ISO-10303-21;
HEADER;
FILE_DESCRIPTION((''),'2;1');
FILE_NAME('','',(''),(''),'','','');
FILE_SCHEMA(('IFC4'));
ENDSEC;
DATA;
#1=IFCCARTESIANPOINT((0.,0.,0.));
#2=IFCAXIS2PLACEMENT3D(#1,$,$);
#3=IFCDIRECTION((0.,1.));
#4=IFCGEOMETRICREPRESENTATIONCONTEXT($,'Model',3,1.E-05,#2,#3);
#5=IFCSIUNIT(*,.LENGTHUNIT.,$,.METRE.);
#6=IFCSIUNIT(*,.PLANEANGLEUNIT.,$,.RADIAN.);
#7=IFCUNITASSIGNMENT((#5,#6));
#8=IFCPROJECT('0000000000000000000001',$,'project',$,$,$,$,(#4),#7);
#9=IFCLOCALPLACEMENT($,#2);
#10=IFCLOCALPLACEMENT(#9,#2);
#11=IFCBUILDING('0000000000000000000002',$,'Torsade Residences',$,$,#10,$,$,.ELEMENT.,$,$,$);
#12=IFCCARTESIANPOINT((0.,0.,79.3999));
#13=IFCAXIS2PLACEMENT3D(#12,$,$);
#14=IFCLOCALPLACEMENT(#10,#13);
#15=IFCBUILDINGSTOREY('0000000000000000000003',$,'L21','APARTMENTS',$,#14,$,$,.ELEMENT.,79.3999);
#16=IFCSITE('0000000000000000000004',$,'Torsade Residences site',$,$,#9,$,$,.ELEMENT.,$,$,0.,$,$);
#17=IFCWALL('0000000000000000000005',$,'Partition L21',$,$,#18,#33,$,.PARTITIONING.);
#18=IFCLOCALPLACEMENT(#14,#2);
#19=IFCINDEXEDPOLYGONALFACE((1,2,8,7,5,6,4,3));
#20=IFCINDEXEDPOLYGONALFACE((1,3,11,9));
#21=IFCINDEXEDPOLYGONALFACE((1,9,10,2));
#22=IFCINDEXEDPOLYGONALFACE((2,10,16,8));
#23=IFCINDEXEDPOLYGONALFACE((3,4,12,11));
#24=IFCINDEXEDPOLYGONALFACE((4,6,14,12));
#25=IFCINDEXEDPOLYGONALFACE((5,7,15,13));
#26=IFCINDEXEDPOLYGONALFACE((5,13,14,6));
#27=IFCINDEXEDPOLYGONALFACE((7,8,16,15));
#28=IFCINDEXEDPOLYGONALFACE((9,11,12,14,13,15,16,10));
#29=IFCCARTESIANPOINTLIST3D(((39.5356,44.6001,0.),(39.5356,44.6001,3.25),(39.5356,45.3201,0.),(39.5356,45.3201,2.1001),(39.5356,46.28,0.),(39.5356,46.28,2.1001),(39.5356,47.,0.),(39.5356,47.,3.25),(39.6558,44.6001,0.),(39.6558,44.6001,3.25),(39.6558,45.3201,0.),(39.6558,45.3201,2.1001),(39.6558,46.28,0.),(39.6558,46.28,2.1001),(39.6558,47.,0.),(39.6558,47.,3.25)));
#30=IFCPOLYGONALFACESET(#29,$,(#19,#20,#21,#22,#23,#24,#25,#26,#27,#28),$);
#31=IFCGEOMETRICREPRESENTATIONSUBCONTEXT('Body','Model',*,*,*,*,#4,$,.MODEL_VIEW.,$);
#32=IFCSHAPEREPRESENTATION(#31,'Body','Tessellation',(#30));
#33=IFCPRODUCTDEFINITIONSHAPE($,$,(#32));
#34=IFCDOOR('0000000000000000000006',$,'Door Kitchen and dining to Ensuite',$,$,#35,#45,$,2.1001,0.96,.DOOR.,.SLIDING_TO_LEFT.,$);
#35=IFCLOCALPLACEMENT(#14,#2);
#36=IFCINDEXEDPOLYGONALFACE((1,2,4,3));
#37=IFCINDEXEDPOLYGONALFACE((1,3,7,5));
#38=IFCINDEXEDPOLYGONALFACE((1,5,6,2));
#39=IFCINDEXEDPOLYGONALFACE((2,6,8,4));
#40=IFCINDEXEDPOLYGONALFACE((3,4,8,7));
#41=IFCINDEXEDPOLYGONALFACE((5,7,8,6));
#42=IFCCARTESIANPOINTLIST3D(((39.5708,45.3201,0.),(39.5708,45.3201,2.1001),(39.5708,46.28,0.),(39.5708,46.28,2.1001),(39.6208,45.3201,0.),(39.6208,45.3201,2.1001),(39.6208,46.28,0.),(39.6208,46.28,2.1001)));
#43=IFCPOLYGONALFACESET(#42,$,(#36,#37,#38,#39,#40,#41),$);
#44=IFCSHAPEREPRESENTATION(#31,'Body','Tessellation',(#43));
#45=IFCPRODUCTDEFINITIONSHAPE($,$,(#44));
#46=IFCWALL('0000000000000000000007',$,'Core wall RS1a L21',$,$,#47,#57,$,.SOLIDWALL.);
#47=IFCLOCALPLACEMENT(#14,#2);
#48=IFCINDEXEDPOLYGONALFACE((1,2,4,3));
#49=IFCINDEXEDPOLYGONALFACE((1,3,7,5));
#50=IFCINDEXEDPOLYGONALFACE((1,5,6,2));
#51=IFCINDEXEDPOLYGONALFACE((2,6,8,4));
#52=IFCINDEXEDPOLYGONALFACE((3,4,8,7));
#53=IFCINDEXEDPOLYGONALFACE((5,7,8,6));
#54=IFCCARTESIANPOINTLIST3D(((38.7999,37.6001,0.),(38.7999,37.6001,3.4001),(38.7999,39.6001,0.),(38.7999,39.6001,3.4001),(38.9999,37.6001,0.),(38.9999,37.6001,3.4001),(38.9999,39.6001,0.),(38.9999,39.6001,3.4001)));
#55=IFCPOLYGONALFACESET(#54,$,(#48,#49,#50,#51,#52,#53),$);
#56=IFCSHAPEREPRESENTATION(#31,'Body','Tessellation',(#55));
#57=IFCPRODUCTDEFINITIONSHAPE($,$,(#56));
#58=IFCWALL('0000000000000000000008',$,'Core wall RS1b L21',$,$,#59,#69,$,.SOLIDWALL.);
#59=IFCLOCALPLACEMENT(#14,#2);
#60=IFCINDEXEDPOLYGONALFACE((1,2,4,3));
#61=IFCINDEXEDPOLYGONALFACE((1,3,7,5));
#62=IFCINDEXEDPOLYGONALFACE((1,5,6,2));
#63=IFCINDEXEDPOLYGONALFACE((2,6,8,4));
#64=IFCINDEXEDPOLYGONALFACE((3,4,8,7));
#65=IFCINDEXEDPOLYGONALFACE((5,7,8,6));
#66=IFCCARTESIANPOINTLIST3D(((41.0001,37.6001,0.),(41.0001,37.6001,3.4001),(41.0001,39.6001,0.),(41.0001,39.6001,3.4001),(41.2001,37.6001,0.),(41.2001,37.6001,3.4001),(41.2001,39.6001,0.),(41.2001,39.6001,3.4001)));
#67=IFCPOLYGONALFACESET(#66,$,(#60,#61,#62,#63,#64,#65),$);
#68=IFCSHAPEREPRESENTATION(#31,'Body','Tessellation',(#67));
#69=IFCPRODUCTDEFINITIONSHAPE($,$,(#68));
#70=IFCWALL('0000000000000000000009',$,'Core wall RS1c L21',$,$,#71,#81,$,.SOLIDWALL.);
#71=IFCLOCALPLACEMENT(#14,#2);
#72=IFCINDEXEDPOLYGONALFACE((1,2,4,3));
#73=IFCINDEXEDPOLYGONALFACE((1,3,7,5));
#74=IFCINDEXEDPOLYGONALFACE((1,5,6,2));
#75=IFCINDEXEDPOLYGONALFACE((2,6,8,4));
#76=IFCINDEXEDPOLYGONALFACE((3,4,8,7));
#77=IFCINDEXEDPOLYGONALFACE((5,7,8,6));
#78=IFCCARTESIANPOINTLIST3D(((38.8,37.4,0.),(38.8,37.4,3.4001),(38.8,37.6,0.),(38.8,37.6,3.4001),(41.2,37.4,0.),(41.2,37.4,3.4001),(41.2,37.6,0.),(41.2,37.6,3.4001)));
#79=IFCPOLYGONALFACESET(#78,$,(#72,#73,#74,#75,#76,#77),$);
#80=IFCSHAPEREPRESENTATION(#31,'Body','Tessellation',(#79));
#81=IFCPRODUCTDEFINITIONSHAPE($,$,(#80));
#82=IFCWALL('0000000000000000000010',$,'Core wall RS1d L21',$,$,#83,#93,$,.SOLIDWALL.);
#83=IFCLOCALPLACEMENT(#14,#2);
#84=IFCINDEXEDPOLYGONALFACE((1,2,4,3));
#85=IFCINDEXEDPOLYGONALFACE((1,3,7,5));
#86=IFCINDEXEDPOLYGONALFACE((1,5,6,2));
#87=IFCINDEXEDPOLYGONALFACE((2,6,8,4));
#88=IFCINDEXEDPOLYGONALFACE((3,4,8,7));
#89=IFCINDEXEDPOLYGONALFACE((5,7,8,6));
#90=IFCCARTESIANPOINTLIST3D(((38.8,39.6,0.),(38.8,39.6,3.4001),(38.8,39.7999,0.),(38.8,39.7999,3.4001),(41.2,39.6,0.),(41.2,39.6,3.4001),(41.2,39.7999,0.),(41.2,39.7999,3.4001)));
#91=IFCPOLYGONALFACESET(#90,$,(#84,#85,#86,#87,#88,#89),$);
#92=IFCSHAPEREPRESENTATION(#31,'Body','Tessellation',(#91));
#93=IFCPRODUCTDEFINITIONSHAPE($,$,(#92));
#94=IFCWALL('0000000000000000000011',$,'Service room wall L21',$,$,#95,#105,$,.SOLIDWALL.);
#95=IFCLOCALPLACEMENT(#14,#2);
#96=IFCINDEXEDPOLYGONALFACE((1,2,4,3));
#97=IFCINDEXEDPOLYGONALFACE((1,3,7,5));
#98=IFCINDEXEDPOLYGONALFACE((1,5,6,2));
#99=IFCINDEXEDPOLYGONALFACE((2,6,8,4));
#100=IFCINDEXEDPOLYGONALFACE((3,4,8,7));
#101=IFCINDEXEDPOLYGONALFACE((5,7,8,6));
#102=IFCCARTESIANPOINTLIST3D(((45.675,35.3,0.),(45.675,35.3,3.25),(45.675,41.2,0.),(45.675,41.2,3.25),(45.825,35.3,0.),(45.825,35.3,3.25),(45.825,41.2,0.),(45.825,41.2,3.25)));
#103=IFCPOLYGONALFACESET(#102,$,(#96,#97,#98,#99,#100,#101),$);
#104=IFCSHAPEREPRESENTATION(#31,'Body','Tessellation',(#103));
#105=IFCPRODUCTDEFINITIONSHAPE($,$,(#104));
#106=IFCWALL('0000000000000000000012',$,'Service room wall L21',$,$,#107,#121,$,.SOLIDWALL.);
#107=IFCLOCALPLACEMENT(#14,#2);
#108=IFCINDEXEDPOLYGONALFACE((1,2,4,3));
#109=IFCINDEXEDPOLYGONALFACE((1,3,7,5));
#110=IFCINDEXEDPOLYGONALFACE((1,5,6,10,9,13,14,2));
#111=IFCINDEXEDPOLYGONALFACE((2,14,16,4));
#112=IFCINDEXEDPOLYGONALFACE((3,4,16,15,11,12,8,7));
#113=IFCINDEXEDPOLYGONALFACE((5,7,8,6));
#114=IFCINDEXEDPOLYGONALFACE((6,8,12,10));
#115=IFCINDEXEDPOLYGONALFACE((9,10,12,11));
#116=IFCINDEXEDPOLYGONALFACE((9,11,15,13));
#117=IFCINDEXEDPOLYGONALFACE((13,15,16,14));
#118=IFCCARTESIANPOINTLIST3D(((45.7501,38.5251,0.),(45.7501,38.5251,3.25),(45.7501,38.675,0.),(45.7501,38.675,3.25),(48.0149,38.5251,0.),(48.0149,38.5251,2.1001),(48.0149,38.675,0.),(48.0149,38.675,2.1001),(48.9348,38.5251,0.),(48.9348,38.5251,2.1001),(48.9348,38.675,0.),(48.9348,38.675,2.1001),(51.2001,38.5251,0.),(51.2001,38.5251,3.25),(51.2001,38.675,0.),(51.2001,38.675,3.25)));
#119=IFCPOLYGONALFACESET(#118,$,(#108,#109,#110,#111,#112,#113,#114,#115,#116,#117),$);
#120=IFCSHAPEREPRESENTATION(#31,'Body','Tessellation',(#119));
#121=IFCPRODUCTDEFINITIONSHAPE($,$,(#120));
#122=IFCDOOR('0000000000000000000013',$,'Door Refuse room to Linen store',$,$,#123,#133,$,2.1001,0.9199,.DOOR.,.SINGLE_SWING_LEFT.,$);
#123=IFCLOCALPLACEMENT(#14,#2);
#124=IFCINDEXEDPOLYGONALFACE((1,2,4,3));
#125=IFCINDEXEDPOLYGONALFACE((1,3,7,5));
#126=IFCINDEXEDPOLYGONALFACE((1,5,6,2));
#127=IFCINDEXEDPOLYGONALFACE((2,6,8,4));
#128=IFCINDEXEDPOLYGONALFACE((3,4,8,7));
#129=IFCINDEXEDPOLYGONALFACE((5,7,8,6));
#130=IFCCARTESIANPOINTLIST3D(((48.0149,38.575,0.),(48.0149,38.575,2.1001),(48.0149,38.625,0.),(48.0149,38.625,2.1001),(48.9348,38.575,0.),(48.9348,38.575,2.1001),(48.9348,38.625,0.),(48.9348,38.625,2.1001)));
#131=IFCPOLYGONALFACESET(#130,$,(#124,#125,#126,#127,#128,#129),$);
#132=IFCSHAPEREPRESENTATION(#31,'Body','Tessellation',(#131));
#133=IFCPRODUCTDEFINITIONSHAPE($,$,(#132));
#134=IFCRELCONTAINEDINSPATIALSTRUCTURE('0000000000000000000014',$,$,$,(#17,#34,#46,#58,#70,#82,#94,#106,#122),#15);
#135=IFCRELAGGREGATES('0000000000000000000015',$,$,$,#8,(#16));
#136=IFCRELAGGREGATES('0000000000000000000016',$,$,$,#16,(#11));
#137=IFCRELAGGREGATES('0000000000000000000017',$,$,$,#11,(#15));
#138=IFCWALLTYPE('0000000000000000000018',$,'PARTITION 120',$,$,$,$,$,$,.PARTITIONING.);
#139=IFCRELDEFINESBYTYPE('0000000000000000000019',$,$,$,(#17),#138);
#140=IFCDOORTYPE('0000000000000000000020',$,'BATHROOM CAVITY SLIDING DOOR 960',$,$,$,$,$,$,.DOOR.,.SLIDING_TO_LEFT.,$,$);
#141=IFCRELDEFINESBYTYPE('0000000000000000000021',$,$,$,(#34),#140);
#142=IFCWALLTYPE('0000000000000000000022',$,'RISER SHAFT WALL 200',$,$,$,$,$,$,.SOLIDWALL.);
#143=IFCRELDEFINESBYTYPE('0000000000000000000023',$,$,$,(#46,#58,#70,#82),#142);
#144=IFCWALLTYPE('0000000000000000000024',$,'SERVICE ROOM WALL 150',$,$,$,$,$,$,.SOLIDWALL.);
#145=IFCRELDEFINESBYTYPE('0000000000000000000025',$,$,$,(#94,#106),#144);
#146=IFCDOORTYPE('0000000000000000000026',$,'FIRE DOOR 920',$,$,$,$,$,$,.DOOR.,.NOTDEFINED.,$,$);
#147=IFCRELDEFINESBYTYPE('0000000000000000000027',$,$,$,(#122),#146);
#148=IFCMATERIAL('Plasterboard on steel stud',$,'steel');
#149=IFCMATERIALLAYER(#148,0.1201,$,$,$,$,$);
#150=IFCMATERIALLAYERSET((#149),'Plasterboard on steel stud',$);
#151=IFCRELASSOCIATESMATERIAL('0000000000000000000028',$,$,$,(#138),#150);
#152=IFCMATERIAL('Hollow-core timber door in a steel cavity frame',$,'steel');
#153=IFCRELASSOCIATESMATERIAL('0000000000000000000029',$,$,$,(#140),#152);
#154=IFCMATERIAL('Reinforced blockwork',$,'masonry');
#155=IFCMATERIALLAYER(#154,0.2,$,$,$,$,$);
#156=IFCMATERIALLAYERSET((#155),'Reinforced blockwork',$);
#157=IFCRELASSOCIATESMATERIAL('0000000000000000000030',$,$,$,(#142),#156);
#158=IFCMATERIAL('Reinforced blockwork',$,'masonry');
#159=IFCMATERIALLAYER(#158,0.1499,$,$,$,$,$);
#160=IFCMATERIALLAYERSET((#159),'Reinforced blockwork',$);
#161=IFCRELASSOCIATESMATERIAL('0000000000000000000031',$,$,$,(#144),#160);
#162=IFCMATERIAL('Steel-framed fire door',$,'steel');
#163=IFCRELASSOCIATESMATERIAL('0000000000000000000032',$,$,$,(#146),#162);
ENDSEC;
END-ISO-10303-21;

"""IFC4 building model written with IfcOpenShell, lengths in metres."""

from ifc_helpers import new_model, si_unit, direction, frame, frame_2d, origin, place, context, subcontext, project, spatial, rectangle, extrude, material, layer, layer_set, type_object, element, fill, save


model = new_model("IFC4")

# Units and contexts
model_context = context("Model", 3, precision=1e-05, world=origin(), true_north=direction((0.0, 1.0)))
body_context = subcontext(model_context, "Body", "Model", "MODEL_VIEW")
ifc_project = project(units=[si_unit("LENGTHUNIT", "METRE"), si_unit("PLANEANGLEUNIT", "RADIAN")], contexts=[model_context])

# Site, building, storey
site_placement = place(None, origin())
site = spatial("IfcSite", under=ifc_project, at=site_placement, Name="Torsade Residences site", CompositionType="ELEMENT", RefElevation=0.0)
building_placement = place(site_placement, origin())
building = spatial("IfcBuilding", under=site, at=building_placement, Name="Torsade Residences", CompositionType="ELEMENT")
storey_placement = place(building_placement, frame((0.0, 0.0, 79.3999)))
storey = spatial("IfcBuildingStorey", under=building, at=storey_placement, Name="L21", Description="APARTMENTS", CompositionType="ELEMENT", Elevation=79.3999)

# Wall, opening, door
ifc_material_1 = material(Name="Plasterboard on steel stud", Category="steel")
ifc_layer_1 = layer(ifc_material_1, 0.1201)
ifc_layer_set_1 = layer_set([ifc_layer_1], Name="Plasterboard on steel stud")
wall_type_1 = type_object("IfcWallType", Name="PARTITION 120", PredefinedType="PARTITIONING", material=ifc_layer_set_1)
wall_1_placement = place(storey_placement, frame((39.5957, 44.6001, 0.0), z_axis=(0.0, 0.0, 1.0), x_axis=(0.0, 1.0, 0.0)))
wall_1 = element("IfcWall", 1, at=wall_1_placement, inside=storey, type_object=wall_type_1, Name="Partition L21", PredefinedType="PARTITIONING", context=body_context, shape_type="SweptSolid", body=[
    extrude(rectangle(XDim=2.3999, YDim=0.1201, at=frame_2d((1.2, 0.0))), origin(), (0.0, 0.0, 1.0), 3.25),
])
opening_1_placement = place(wall_1_placement, frame((0.72, 0.0, 0.0)))
opening_1 = element("IfcOpeningElement", 2, at=opening_1_placement, cuts=wall_1, PredefinedType="OPENING", context=body_context, shape_type="SweptSolid", body=[
    extrude(rectangle(XDim=0.96, YDim=2.1001, at=frame_2d((0.48, 1.05))), frame((0.0, 0.0701, 0.0), z_axis=(0.0, -1.0, 0.0), x_axis=(1.0, 0.0, 0.0)), (0.0, 0.0, 1.0), 0.1401),
])
ifc_material_2 = material(Name="Hollow-core timber door in a steel cavity frame", Category="steel")
door_type_1 = type_object("IfcDoorType", Name="BATHROOM CAVITY SLIDING DOOR 960", OperationType="SLIDING_TO_LEFT", PredefinedType="DOOR", material=ifc_material_2)
door_1_placement = place(opening_1_placement, origin())
door_1 = element("IfcDoor", 3, at=door_1_placement, inside=storey, type_object=door_type_1, Name="Door Kitchen and dining to Ensuite", OperationType="SLIDING_TO_LEFT", OverallHeight=2.1001, OverallWidth=0.96, PredefinedType="DOOR", context=body_context, shape_type="SweptSolid", body=[
    extrude(rectangle(XDim=0.96, YDim=2.1001, at=frame_2d((0.48, 1.05))), frame((0.0, 0.0249, 0.0), z_axis=(0.0, -1.0, 0.0), x_axis=(1.0, 0.0, 0.0)), (0.0, 0.0, 1.0), 0.05),
])
fill(opening_1, door_1)

# Walls
ifc_material_3 = material(Name="Reinforced blockwork", Category="masonry")
ifc_layer_2 = layer(ifc_material_3, 0.2)
ifc_layer_set_2 = layer_set([ifc_layer_2], Name="Reinforced blockwork")
wall_type_2 = type_object("IfcWallType", Name="RISER SHAFT WALL 200", PredefinedType="SOLIDWALL", material=ifc_layer_set_2)
for number, where, z_axis, x_axis, name in (
    (4, (38.8999, 37.6001, 0.0), (0.0, 0.0, 1.0), (0.0, 1.0, 0.0), "Core wall RS1a L21"),
    (5, (41.1001, 37.6001, 0.0), (0.0, 0.0, 1.0), (0.0, 1.0, 0.0), "Core wall RS1b L21"),
):
    element("IfcWall", number, at=place(storey_placement, frame(where, z_axis=z_axis, x_axis=x_axis)), inside=storey, type_object=wall_type_2, Name=name, PredefinedType="SOLIDWALL", context=body_context, shape_type="SweptSolid", body=[
        extrude(rectangle(XDim=2.0, YDim=0.2, at=frame_2d((1.0, 0.0))), origin(), (0.0, 0.0, 1.0), 3.4001),
    ])
for number, where, z_axis, x_axis, name in (
    (6, (38.8, 37.5, 0.0), (0.0, 0.0, 1.0), (1.0, 0.0, 0.0), "Core wall RS1c L21"),
    (7, (38.8, 39.7, 0.0), (0.0, 0.0, 1.0), (1.0, 0.0, 0.0), "Core wall RS1d L21"),
):
    element("IfcWall", number, at=place(storey_placement, frame(where, z_axis=z_axis, x_axis=x_axis)), inside=storey, type_object=wall_type_2, Name=name, PredefinedType="SOLIDWALL", context=body_context, shape_type="SweptSolid", body=[
        extrude(rectangle(XDim=2.3999, YDim=0.2, at=frame_2d((1.2, 0.0))), origin(), (0.0, 0.0, 1.0), 3.4001),
    ])
ifc_material_4 = material(Name="Reinforced blockwork", Category="masonry")
ifc_layer_3 = layer(ifc_material_4, 0.1499)
ifc_layer_set_3 = layer_set([ifc_layer_3], Name="Reinforced blockwork")
wall_type_3 = type_object("IfcWallType", Name="SERVICE ROOM WALL 150", PredefinedType="SOLIDWALL", material=ifc_layer_set_3)
wall_2_placement = place(storey_placement, frame((45.75, 41.2, 0.0), z_axis=(0.0, 0.0, 1.0), x_axis=(0.0, -1.0, 0.0)))
element("IfcWall", 8, at=wall_2_placement, inside=storey, type_object=wall_type_3, Name="Service room wall L21", PredefinedType="SOLIDWALL", context=body_context, shape_type="SweptSolid", body=[
    extrude(rectangle(XDim=5.8999, YDim=0.1499, at=frame_2d((2.95, 0.0))), origin(), (0.0, 0.0, 1.0), 3.25),
])

# Wall, opening, door
wall_3_placement = place(storey_placement, frame((45.75, 38.6001, 0.0), z_axis=(0.0, 0.0, 1.0), x_axis=(1.0, 0.0, 0.0)))
wall_3 = element("IfcWall", 9, at=wall_3_placement, inside=storey, type_object=wall_type_3, Name="Service room wall L21", PredefinedType="SOLIDWALL", context=body_context, shape_type="SweptSolid", body=[
    extrude(rectangle(XDim=5.45, YDim=0.1499, at=frame_2d((2.7251, 0.0))), origin(), (0.0, 0.0, 1.0), 3.25),
])
opening_2_placement = place(wall_3_placement, frame((2.2649, 0.0, 0.0)))
opening_2 = element("IfcOpeningElement", 10, at=opening_2_placement, cuts=wall_3, PredefinedType="OPENING", context=body_context, shape_type="SweptSolid", body=[
    extrude(rectangle(XDim=0.9199, YDim=2.1001, at=frame_2d((0.46, 1.05))), frame((0.0, 0.085, 0.0), z_axis=(0.0, -1.0, 0.0), x_axis=(1.0, 0.0, 0.0)), (0.0, 0.0, 1.0), 0.1699),
])
ifc_material_5 = material(Name="Steel-framed fire door", Category="steel")
door_type_2 = type_object("IfcDoorType", Name="FIRE DOOR 920", OperationType="NOTDEFINED", PredefinedType="DOOR", material=ifc_material_5)
door_2_placement = place(opening_2_placement, origin())
door_2 = element("IfcDoor", 11, at=door_2_placement, inside=storey, type_object=door_type_2, Name="Door Refuse room to Linen store", OperationType="SINGLE_SWING_LEFT", OverallHeight=2.1001, OverallWidth=0.9199, PredefinedType="DOOR", context=body_context, shape_type="SweptSolid", body=[
    extrude(rectangle(XDim=0.9199, YDim=2.1001, at=frame_2d((0.46, 1.05))), frame((0.0, 0.0249, 0.0), z_axis=(0.0, -1.0, 0.0), x_axis=(1.0, 0.0, 0.0)), (0.0, 0.0, 1.0), 0.05),
])
fill(opening_2, door_2)

save(model, "model.ifc")
